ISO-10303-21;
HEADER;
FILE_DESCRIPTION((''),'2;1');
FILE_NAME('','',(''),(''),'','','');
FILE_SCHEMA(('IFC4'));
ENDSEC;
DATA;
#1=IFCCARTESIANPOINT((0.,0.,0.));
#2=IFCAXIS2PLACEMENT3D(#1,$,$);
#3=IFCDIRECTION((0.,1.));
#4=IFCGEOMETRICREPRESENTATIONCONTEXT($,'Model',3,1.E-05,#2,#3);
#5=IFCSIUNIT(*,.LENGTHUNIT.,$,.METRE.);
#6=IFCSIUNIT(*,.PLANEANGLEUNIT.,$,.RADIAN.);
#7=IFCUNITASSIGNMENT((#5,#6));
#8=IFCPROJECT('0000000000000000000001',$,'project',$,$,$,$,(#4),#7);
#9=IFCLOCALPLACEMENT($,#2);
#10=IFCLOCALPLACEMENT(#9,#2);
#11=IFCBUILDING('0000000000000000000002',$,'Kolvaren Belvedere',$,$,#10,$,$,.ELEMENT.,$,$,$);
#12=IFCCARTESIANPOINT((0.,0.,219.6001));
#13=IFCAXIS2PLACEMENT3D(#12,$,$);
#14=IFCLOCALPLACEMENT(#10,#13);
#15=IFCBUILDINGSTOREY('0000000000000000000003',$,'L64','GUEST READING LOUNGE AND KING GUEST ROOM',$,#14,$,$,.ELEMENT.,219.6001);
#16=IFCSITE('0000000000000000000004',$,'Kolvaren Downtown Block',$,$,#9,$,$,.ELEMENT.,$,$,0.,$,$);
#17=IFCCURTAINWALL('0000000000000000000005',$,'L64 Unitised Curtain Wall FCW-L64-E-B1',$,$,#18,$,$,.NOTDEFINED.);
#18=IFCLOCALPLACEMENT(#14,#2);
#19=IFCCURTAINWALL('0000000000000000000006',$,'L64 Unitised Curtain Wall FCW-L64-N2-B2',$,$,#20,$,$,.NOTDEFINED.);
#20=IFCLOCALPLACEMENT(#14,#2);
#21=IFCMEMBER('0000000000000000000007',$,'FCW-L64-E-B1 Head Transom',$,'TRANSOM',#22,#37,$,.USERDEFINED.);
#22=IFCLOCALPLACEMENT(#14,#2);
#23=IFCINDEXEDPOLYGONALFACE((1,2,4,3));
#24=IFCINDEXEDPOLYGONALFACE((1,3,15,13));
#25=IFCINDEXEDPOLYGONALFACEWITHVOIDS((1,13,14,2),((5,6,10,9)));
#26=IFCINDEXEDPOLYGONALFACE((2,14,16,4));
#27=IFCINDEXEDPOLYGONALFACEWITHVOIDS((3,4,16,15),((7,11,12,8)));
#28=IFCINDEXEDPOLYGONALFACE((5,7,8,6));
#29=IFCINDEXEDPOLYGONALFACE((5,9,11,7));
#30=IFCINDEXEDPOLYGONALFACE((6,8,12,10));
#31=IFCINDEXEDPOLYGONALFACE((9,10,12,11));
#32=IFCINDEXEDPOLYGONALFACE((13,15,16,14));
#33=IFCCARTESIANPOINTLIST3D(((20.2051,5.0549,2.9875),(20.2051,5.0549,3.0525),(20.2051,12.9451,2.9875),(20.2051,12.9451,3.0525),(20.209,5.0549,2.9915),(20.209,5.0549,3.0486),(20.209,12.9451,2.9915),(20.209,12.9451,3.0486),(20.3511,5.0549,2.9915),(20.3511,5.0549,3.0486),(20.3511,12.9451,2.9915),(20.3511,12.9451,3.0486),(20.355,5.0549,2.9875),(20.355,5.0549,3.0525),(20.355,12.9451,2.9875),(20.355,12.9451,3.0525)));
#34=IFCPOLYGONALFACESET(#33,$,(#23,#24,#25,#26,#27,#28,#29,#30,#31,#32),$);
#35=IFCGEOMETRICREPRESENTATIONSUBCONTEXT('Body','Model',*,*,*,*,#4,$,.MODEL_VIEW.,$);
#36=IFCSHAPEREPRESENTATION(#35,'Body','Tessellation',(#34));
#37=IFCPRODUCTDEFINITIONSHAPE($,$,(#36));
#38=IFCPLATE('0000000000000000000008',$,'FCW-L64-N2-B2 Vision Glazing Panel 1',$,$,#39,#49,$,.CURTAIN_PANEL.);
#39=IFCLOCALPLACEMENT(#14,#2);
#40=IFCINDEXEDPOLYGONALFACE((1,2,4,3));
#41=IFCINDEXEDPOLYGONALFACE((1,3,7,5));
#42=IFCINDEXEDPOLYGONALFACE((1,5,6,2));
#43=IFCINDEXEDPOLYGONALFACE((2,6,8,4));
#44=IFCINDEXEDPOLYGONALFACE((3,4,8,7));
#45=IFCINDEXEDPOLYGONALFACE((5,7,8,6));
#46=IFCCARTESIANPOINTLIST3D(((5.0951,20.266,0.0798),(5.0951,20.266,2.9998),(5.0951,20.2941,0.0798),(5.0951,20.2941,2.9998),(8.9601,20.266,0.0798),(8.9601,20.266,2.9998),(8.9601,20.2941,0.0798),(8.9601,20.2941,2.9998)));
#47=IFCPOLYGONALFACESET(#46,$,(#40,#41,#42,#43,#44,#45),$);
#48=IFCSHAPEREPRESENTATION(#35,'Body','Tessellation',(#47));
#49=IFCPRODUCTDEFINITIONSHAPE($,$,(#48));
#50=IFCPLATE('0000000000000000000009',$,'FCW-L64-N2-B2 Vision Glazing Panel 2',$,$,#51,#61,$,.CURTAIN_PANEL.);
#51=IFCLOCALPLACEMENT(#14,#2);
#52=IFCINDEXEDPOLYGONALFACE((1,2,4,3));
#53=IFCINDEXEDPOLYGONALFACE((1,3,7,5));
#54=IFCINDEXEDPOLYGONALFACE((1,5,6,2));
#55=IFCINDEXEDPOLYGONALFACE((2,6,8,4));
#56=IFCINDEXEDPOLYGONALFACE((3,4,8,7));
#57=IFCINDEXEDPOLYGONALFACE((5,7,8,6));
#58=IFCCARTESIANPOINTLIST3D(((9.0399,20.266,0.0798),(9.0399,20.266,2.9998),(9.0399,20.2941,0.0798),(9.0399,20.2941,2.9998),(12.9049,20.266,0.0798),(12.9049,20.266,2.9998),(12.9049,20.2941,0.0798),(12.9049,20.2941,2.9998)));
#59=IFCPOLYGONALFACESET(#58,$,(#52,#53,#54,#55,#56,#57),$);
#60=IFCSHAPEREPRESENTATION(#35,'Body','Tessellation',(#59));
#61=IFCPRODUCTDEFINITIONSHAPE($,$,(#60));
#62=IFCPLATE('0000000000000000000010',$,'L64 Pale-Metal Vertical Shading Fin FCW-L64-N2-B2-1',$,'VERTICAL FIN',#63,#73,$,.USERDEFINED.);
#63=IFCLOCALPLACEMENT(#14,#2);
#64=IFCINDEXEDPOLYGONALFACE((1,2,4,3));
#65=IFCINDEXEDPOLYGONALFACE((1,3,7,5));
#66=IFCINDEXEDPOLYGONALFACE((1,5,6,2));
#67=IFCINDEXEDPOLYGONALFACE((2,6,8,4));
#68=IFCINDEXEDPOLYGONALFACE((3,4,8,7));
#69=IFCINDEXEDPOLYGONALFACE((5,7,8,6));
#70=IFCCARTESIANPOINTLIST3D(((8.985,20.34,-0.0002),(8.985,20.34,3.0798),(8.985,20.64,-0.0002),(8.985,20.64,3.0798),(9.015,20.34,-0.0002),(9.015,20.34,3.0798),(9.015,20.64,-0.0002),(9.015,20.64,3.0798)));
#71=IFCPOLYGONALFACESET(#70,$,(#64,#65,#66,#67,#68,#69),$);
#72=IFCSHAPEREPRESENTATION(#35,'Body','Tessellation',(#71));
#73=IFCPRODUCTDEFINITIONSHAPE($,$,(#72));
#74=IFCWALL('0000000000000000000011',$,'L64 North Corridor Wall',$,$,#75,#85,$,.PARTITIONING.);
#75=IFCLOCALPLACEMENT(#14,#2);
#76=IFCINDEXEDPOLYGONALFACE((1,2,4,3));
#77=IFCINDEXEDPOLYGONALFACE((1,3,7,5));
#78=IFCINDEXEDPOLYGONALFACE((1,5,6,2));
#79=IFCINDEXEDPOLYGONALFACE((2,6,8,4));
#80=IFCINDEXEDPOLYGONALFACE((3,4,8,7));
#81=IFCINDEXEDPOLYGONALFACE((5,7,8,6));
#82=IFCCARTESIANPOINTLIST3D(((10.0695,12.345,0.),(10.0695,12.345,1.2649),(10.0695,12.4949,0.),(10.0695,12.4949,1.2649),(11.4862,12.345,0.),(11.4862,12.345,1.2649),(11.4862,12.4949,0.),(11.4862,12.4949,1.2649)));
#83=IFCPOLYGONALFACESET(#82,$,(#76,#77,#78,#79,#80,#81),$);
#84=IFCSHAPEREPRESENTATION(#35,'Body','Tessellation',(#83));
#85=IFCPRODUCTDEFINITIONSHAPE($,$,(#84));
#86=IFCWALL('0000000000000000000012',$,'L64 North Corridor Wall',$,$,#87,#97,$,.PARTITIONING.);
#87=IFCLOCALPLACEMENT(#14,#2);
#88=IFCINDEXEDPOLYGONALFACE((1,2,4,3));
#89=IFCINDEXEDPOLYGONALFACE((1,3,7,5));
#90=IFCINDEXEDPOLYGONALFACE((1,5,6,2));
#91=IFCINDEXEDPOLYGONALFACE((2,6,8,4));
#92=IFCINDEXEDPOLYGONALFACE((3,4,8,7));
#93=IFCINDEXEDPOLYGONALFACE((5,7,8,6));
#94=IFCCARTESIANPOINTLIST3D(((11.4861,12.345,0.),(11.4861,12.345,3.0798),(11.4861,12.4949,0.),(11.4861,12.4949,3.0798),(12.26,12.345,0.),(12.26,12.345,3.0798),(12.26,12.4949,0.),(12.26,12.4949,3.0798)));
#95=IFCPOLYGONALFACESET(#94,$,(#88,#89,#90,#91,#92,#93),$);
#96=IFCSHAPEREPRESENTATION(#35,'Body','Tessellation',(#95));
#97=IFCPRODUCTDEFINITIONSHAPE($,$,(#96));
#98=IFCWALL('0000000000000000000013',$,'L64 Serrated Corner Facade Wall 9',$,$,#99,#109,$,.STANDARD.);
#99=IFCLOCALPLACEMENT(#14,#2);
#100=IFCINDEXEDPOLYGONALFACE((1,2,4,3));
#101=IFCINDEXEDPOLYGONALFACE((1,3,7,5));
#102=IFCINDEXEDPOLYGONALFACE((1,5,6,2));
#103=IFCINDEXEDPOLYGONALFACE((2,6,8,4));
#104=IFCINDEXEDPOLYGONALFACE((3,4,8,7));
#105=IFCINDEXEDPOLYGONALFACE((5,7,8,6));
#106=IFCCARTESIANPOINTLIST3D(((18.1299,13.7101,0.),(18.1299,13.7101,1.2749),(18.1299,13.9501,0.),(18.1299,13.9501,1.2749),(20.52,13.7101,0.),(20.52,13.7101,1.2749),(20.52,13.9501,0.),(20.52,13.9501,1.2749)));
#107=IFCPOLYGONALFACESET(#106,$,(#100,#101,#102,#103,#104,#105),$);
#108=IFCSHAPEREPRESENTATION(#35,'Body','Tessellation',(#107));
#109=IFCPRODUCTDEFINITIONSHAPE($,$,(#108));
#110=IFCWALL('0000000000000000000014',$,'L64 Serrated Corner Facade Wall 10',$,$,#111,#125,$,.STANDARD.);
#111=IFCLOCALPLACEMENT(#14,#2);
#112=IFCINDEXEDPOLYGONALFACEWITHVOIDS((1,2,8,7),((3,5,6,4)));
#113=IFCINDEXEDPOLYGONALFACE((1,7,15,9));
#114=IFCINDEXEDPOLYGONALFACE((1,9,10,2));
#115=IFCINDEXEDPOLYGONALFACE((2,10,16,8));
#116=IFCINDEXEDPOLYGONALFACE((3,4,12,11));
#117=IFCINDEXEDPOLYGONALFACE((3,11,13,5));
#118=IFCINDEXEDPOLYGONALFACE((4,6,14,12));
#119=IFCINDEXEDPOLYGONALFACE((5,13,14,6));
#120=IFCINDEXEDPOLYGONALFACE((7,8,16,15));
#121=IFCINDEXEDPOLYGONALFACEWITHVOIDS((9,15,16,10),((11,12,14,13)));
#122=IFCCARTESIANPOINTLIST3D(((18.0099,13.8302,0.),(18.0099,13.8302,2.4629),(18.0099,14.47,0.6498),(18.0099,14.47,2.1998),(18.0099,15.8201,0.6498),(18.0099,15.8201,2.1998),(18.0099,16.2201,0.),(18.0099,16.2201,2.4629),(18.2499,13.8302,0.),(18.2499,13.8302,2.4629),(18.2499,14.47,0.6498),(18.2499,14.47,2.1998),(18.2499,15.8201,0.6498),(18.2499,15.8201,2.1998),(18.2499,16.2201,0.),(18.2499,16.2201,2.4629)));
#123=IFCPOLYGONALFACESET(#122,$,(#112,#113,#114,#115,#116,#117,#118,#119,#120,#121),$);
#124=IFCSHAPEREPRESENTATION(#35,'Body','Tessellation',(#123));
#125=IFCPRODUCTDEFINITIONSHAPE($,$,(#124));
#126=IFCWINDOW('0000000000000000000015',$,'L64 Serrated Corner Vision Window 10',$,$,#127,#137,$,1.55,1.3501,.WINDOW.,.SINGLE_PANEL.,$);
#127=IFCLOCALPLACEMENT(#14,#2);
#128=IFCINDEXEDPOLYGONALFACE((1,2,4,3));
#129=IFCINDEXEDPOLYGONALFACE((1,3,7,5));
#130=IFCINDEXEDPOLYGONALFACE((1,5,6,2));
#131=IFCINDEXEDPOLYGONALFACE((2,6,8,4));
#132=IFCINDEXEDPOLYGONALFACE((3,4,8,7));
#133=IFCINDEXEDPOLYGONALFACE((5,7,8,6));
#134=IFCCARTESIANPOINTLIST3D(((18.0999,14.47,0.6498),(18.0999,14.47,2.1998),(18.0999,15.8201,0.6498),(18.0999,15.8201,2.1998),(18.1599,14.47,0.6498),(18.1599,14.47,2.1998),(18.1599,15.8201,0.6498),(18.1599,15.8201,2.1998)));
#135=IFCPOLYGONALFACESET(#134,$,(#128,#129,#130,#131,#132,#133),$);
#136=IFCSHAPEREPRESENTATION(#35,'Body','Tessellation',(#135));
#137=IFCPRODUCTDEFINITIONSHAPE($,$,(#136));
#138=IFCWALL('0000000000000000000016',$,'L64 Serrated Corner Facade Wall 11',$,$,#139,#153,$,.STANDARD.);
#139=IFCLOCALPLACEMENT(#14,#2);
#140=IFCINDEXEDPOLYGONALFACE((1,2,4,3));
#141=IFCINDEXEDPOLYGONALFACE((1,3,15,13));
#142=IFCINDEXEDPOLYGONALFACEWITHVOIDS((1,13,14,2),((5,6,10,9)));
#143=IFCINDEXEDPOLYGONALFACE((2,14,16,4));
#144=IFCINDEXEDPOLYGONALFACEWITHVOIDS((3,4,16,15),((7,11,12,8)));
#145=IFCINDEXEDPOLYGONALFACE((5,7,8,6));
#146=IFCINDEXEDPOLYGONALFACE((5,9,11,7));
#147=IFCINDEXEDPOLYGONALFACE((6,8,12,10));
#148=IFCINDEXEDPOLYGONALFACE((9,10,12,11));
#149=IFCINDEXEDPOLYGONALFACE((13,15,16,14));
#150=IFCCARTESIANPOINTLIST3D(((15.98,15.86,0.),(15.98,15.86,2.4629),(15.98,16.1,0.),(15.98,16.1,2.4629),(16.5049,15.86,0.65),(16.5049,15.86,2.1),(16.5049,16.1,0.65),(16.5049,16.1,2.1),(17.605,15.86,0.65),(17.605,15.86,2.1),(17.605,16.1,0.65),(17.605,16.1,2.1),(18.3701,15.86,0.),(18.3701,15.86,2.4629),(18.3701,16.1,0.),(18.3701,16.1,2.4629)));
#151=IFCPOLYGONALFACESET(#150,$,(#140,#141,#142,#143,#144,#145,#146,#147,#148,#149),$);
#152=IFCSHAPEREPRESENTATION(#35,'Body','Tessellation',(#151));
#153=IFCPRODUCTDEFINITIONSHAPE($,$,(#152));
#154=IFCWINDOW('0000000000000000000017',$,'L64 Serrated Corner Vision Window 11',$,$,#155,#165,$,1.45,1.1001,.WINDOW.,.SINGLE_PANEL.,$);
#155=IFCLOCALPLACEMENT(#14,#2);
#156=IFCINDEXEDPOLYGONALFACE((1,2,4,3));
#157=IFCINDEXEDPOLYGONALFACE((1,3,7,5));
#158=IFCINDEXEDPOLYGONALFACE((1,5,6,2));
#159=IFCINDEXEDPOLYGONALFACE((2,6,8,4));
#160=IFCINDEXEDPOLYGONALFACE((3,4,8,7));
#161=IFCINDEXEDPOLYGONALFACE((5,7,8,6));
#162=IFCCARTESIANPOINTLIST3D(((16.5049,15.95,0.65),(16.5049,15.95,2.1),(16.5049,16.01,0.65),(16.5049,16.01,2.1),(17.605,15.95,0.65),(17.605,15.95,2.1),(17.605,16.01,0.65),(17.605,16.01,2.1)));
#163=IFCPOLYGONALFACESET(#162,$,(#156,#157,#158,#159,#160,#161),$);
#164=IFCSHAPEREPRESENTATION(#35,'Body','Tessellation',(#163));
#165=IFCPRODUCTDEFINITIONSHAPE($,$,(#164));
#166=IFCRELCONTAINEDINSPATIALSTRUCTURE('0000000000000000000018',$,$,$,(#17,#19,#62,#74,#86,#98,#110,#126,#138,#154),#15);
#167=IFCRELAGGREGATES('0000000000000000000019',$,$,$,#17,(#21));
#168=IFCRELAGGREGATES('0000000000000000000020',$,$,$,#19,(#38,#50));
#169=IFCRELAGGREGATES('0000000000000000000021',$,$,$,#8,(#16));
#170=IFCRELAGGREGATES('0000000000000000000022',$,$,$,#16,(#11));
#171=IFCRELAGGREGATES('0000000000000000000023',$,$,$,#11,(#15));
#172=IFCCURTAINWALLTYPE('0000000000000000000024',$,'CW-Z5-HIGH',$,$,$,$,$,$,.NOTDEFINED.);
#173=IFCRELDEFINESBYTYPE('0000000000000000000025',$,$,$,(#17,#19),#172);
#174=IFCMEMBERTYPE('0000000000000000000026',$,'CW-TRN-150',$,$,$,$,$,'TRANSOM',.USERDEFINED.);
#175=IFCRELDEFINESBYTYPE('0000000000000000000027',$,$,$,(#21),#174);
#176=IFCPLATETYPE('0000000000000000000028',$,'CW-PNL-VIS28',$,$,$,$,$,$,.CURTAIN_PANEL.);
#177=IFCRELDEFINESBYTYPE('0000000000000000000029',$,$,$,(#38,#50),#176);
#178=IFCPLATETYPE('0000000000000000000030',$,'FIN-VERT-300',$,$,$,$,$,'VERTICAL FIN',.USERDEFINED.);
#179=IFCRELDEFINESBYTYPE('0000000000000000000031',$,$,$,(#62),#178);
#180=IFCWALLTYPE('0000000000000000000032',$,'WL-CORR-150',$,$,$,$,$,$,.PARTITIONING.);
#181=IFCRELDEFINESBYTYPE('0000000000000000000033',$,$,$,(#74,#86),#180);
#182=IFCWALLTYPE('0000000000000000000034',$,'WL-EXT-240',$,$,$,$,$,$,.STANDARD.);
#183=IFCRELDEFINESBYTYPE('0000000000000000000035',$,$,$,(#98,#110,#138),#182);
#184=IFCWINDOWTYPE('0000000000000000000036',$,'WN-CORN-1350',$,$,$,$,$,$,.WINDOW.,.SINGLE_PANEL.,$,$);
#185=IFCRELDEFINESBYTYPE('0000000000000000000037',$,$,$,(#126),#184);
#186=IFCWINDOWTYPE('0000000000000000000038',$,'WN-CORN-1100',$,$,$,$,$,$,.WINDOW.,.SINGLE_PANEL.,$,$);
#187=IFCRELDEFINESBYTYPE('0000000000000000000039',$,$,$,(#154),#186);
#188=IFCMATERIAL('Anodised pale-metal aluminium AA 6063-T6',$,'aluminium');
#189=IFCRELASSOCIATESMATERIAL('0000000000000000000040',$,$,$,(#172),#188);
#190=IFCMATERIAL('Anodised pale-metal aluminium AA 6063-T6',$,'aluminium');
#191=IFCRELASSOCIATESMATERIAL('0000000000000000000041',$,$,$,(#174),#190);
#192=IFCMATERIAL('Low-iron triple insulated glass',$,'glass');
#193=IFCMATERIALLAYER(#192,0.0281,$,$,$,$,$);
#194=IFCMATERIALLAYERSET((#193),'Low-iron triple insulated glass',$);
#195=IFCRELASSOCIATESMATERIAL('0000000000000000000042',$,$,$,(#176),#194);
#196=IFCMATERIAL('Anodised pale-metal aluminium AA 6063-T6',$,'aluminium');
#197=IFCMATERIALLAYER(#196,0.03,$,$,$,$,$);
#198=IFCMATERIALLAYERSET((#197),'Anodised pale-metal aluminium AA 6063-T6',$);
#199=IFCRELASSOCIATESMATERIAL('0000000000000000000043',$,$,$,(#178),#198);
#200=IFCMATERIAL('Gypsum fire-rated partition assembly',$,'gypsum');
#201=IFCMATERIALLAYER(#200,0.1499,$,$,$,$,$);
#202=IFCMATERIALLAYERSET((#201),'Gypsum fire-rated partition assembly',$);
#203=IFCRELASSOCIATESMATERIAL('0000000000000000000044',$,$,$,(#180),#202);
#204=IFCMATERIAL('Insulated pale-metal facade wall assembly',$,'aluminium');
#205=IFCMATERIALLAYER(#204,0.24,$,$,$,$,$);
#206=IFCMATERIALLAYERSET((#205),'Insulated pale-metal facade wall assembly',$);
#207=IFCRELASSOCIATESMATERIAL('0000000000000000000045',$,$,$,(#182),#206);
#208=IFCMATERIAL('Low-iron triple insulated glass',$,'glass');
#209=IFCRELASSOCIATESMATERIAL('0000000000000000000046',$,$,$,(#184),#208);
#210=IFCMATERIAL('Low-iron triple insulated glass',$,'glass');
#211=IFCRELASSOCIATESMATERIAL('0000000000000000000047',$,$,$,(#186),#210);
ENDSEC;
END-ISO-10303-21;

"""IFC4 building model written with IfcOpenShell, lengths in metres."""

from ifc_helpers import new_model, si_unit, direction, frame, frame_2d, origin, origin_2d, place, context, subcontext, project, spatial, rectangle, hollow_rectangle, extrude, material, layer, layer_set, material_profile, profile_set, type_object, element, fill, aggregate, save


model = new_model("IFC4")

# Units and contexts
model_context = context("Model", 3, precision=1e-05, world=origin(), true_north=direction((0.0, 1.0)))
body_context = subcontext(model_context, "Body", "Model", "MODEL_VIEW")
ifc_project = project(units=[si_unit("LENGTHUNIT", "METRE"), si_unit("PLANEANGLEUNIT", "RADIAN")], contexts=[model_context])

# Site, building, storey
site_placement = place(None, origin())
site = spatial("IfcSite", under=ifc_project, at=site_placement, Name="Kolvaren Downtown Block", CompositionType="ELEMENT", RefElevation=0.0)
building_placement = place(site_placement, origin())
building = spatial("IfcBuilding", under=site, at=building_placement, Name="Kolvaren Belvedere", CompositionType="ELEMENT")
storey_placement = place(building_placement, frame((0.0, 0.0, 219.6001)))
storey = spatial("IfcBuildingStorey", under=building, at=storey_placement, Name="L64", Description="GUEST READING LOUNGE AND KING GUEST ROOM", CompositionType="ELEMENT", Elevation=219.6001)

# Curtain wall
ifc_material_1 = material(Name="Anodised pale-metal aluminium AA 6063-T6", Category="aluminium")
curtain_wall_type = type_object("IfcCurtainWallType", Name="CW-Z5-HIGH", PredefinedType="NOTDEFINED", material=ifc_material_1)
curtain_wall_1_placement = place(storey_placement, origin())
curtain_wall_1 = element("IfcCurtainWall", 1, at=curtain_wall_1_placement, inside=storey, type_object=curtain_wall_type, Name="L64 Unitised Curtain Wall FCW-L64-E-B1", PredefinedType="NOTDEFINED")

# Curtain wall
curtain_wall_2_placement = place(storey_placement, origin())
curtain_wall_2 = element("IfcCurtainWall", 2, at=curtain_wall_2_placement, inside=storey, type_object=curtain_wall_type, Name="L64 Unitised Curtain Wall FCW-L64-N2-B2", PredefinedType="NOTDEFINED")

# Member
ifc_material_2 = material(Name="Anodised pale-metal aluminium AA 6063-T6", Category="aluminium")
ifc_material_profile_1 = material_profile(ifc_material_2, hollow_rectangle(XDim=0.0649, YDim=0.1499, WallThickness=0.0039, at=origin_2d()), Name="ALU-TRN-150X65")
ifc_profile_set_1 = profile_set([ifc_material_profile_1], Name="Anodised pale-metal aluminium AA 6063-T6")
member_type_1 = type_object("IfcMemberType", Name="CW-TRN-150", ElementType="TRANSOM", PredefinedType="USERDEFINED", material=ifc_profile_set_1)
member_1_placement = place(storey_placement, frame((20.28, 12.9451, 3.02), z_axis=(0.0, -1.0, 0.0), x_axis=(0.0, 0.0, 1.0)))
member_1 = element("IfcMember", 3, at=member_1_placement, type_object=member_type_1, Name="FCW-L64-E-B1 Head Transom", ObjectType="TRANSOM", PredefinedType="USERDEFINED", context=body_context, shape_type="SweptSolid", body=[
    extrude(hollow_rectangle(XDim=0.0649, YDim=0.1499, WallThickness=0.0039, at=origin_2d()), origin(), (0.0, 0.0, 1.0), 7.8901),
])
aggregate(curtain_wall_1, [member_1])

# Plates
ifc_material_3 = material(Name="Low-iron triple insulated glass", Category="glass")
ifc_layer_1 = layer(ifc_material_3, 0.0281)
ifc_layer_set_1 = layer_set([ifc_layer_1], Name="Low-iron triple insulated glass")
plate_type_1 = type_object("IfcPlateType", Name="CW-PNL-VIS28", PredefinedType="CURTAIN_PANEL", material=ifc_layer_set_1)
plate_1_placement = place(storey_placement, frame((7.0276, 20.28, 0.0798), z_axis=(0.0, 0.0, 1.0), x_axis=(1.0, 0.0, 0.0)))
plate_1 = element("IfcPlate", 4, at=plate_1_placement, type_object=plate_type_1, Name="FCW-L64-N2-B2 Vision Glazing Panel 1", PredefinedType="CURTAIN_PANEL", context=body_context, shape_type="SweptSolid", body=[
    extrude(rectangle(XDim=3.865, YDim=0.0281, at=origin_2d()), origin(), (0.0, 0.0, 1.0), 2.9199),
])
plate_2_placement = place(storey_placement, frame((10.9724, 20.28, 0.0798), z_axis=(0.0, 0.0, 1.0), x_axis=(1.0, 0.0, 0.0)))
plate_2 = element("IfcPlate", 5, at=plate_2_placement, type_object=plate_type_1, Name="FCW-L64-N2-B2 Vision Glazing Panel 2", PredefinedType="CURTAIN_PANEL", context=body_context, shape_type="SweptSolid", body=[
    extrude(rectangle(XDim=3.865, YDim=0.0281, at=origin_2d()), origin(), (0.0, 0.0, 1.0), 2.9199),
])
aggregate(curtain_wall_2, [plate_1, plate_2])
ifc_material_4 = material(Name="Anodised pale-metal aluminium AA 6063-T6", Category="aluminium")
ifc_layer_2 = layer(ifc_material_4, 0.03)
ifc_layer_set_2 = layer_set([ifc_layer_2], Name="Anodised pale-metal aluminium AA 6063-T6")
plate_type_2 = type_object("IfcPlateType", Name="FIN-VERT-300", ElementType="VERTICAL FIN", PredefinedType="USERDEFINED", material=ifc_layer_set_2)
plate_3_placement = place(storey_placement, frame((9.0, 20.49, -0.0002), z_axis=(0.0, 0.0, 1.0), x_axis=(0.0, 1.0, 0.0)))
element("IfcPlate", 6, at=plate_3_placement, inside=storey, type_object=plate_type_2, Name="L64 Pale-Metal Vertical Shading Fin FCW-L64-N2-B2-1", ObjectType="VERTICAL FIN", PredefinedType="USERDEFINED", context=body_context, shape_type="SweptSolid", body=[
    extrude(rectangle(XDim=0.3, YDim=0.03, at=origin_2d()), origin(), (0.0, 0.0, 1.0), 3.0801),
])

# Walls
ifc_material_5 = material(Name="Gypsum fire-rated partition assembly", Category="gypsum")
ifc_layer_3 = layer(ifc_material_5, 0.1499)
ifc_layer_set_3 = layer_set([ifc_layer_3], Name="Gypsum fire-rated partition assembly")
wall_type_1 = type_object("IfcWallType", Name="WL-CORR-150", PredefinedType="PARTITIONING", material=ifc_layer_set_3)
wall_1_placement = place(storey_placement, frame((10.0693, 12.4199, 0.0), z_axis=(0.0, 0.0, 1.0), x_axis=(1.0, 0.0, 0.0)))
element("IfcWall", 7, at=wall_1_placement, inside=storey, type_object=wall_type_1, Name="L64 North Corridor Wall", PredefinedType="PARTITIONING", context=body_context, shape_type="SweptSolid", body=[
    extrude(rectangle(XDim=1.4167, YDim=0.1499, at=frame_2d((0.7085, 0.0))), origin(), (0.0, 0.0, 1.0), 1.2649),
])
wall_2_placement = place(storey_placement, frame((11.4861, 12.4199, 0.0), z_axis=(0.0, 0.0, 1.0), x_axis=(1.0, 0.0, 0.0)))
element("IfcWall", 8, at=wall_2_placement, inside=storey, type_object=wall_type_1, Name="L64 North Corridor Wall", PredefinedType="PARTITIONING", context=body_context, shape_type="SweptSolid", body=[
    extrude(rectangle(XDim=0.7739, YDim=0.1499, at=frame_2d((0.387, 0.0))), origin(), (0.0, 0.0, 1.0), 3.0798),
])
ifc_material_6 = material(Name="Insulated pale-metal facade wall assembly", Category="aluminium")
ifc_layer_4 = layer(ifc_material_6, 0.24)
ifc_layer_set_4 = layer_set([ifc_layer_4], Name="Insulated pale-metal facade wall assembly")
wall_type_2 = type_object("IfcWallType", Name="WL-EXT-240", PredefinedType="STANDARD", material=ifc_layer_set_4)
wall_3_placement = place(storey_placement, frame((18.1299, 13.8301, 0.0), z_axis=(0.0, 0.0, 1.0), x_axis=(1.0, 0.0, 0.0)))
element("IfcWall", 9, at=wall_3_placement, inside=storey, type_object=wall_type_2, Name="L64 Serrated Corner Facade Wall 9", PredefinedType="STANDARD", context=body_context, shape_type="SweptSolid", body=[
    extrude(rectangle(XDim=2.3901, YDim=0.24, at=frame_2d((1.1951, 0.0))), origin(), (0.0, 0.0, 1.0), 1.2749),
])

# Walls, openings, windows
wall_4_placement = place(storey_placement, frame((18.1299, 16.22, 0.0), z_axis=(0.0, 0.0, 1.0), x_axis=(0.0, -1.0, 0.0)))
wall_4 = element("IfcWall", 10, at=wall_4_placement, inside=storey, type_object=wall_type_2, Name="L64 Serrated Corner Facade Wall 10", PredefinedType="STANDARD", context=body_context, shape_type="SweptSolid", body=[
    extrude(rectangle(XDim=2.3899, YDim=0.24, at=frame_2d((1.1948, 0.0))), origin(), (0.0, 0.0, 1.0), 2.4629),
])
opening_1_placement = place(wall_4_placement, frame((0.3999, 0.0, 0.6499)))
opening_1 = element("IfcOpeningElement", 11, at=opening_1_placement, cuts=wall_4, PredefinedType="OPENING", context=body_context, shape_type="SweptSolid", body=[
    extrude(rectangle(XDim=1.3501, YDim=1.55, at=frame_2d((0.675, 0.7749))), frame((0.0, 0.1299, 0.0), z_axis=(0.0, -1.0, 0.0), x_axis=(1.0, 0.0, 0.0)), (0.0, 0.0, 1.0), 0.26),
])
ifc_material_7 = material(Name="Low-iron triple insulated glass", Category="glass")
window_type_1 = type_object("IfcWindowType", Name="WN-CORN-1350", PartitioningType="SINGLE_PANEL", PredefinedType="WINDOW", material=ifc_material_7)
window_1_placement = place(opening_1_placement, origin())
window_1 = element("IfcWindow", 12, at=window_1_placement, inside=storey, type_object=window_type_1, Name="L64 Serrated Corner Vision Window 10", OverallHeight=1.55, OverallWidth=1.3501, PartitioningType="SINGLE_PANEL", PredefinedType="WINDOW", context=body_context, shape_type="SweptSolid", body=[
    extrude(rectangle(XDim=1.3501, YDim=1.55, at=frame_2d((0.675, 0.7749))), frame((0.0, 0.03, 0.0), z_axis=(0.0, -1.0, 0.0), x_axis=(1.0, 0.0, 0.0)), (0.0, 0.0, 1.0), 0.0601),
])
fill(opening_1, window_1)
wall_5_placement = place(storey_placement, frame((15.98, 15.98, 0.0), z_axis=(0.0, 0.0, 1.0), x_axis=(1.0, 0.0, 0.0)))
wall_5 = element("IfcWall", 13, at=wall_5_placement, inside=storey, type_object=wall_type_2, Name="L64 Serrated Corner Facade Wall 11", PredefinedType="STANDARD", context=body_context, shape_type="SweptSolid", body=[
    extrude(rectangle(XDim=2.3901, YDim=0.24, at=frame_2d((1.1951, 0.0))), origin(), (0.0, 0.0, 1.0), 2.4629),
])
opening_2_placement = place(wall_5_placement, frame((0.5249, 0.0, 0.6499)))
opening_2 = element("IfcOpeningElement", 14, at=opening_2_placement, cuts=wall_5, PredefinedType="OPENING", context=body_context, shape_type="SweptSolid", body=[
    extrude(rectangle(XDim=1.1001, YDim=1.45, at=frame_2d((0.55, 0.7251))), frame((0.0, 0.1299, 0.0), z_axis=(0.0, -1.0, 0.0), x_axis=(1.0, 0.0, 0.0)), (0.0, 0.0, 1.0), 0.26),
])
ifc_material_8 = material(Name="Low-iron triple insulated glass", Category="glass")
window_type_2 = type_object("IfcWindowType", Name="WN-CORN-1100", PartitioningType="SINGLE_PANEL", PredefinedType="WINDOW", material=ifc_material_8)
window_2_placement = place(opening_2_placement, origin())
window_2 = element("IfcWindow", 15, at=window_2_placement, inside=storey, type_object=window_type_2, Name="L64 Serrated Corner Vision Window 11", OverallHeight=1.45, OverallWidth=1.1001, PartitioningType="SINGLE_PANEL", PredefinedType="WINDOW", context=body_context, shape_type="SweptSolid", body=[
    extrude(rectangle(XDim=1.1001, YDim=1.45, at=frame_2d((0.55, 0.7251))), frame((0.0, 0.03, 0.0), z_axis=(0.0, -1.0, 0.0), x_axis=(1.0, 0.0, 0.0)), (0.0, 0.0, 1.0), 0.0601),
])
fill(opening_2, window_2)

save(model, "model.ifc")
